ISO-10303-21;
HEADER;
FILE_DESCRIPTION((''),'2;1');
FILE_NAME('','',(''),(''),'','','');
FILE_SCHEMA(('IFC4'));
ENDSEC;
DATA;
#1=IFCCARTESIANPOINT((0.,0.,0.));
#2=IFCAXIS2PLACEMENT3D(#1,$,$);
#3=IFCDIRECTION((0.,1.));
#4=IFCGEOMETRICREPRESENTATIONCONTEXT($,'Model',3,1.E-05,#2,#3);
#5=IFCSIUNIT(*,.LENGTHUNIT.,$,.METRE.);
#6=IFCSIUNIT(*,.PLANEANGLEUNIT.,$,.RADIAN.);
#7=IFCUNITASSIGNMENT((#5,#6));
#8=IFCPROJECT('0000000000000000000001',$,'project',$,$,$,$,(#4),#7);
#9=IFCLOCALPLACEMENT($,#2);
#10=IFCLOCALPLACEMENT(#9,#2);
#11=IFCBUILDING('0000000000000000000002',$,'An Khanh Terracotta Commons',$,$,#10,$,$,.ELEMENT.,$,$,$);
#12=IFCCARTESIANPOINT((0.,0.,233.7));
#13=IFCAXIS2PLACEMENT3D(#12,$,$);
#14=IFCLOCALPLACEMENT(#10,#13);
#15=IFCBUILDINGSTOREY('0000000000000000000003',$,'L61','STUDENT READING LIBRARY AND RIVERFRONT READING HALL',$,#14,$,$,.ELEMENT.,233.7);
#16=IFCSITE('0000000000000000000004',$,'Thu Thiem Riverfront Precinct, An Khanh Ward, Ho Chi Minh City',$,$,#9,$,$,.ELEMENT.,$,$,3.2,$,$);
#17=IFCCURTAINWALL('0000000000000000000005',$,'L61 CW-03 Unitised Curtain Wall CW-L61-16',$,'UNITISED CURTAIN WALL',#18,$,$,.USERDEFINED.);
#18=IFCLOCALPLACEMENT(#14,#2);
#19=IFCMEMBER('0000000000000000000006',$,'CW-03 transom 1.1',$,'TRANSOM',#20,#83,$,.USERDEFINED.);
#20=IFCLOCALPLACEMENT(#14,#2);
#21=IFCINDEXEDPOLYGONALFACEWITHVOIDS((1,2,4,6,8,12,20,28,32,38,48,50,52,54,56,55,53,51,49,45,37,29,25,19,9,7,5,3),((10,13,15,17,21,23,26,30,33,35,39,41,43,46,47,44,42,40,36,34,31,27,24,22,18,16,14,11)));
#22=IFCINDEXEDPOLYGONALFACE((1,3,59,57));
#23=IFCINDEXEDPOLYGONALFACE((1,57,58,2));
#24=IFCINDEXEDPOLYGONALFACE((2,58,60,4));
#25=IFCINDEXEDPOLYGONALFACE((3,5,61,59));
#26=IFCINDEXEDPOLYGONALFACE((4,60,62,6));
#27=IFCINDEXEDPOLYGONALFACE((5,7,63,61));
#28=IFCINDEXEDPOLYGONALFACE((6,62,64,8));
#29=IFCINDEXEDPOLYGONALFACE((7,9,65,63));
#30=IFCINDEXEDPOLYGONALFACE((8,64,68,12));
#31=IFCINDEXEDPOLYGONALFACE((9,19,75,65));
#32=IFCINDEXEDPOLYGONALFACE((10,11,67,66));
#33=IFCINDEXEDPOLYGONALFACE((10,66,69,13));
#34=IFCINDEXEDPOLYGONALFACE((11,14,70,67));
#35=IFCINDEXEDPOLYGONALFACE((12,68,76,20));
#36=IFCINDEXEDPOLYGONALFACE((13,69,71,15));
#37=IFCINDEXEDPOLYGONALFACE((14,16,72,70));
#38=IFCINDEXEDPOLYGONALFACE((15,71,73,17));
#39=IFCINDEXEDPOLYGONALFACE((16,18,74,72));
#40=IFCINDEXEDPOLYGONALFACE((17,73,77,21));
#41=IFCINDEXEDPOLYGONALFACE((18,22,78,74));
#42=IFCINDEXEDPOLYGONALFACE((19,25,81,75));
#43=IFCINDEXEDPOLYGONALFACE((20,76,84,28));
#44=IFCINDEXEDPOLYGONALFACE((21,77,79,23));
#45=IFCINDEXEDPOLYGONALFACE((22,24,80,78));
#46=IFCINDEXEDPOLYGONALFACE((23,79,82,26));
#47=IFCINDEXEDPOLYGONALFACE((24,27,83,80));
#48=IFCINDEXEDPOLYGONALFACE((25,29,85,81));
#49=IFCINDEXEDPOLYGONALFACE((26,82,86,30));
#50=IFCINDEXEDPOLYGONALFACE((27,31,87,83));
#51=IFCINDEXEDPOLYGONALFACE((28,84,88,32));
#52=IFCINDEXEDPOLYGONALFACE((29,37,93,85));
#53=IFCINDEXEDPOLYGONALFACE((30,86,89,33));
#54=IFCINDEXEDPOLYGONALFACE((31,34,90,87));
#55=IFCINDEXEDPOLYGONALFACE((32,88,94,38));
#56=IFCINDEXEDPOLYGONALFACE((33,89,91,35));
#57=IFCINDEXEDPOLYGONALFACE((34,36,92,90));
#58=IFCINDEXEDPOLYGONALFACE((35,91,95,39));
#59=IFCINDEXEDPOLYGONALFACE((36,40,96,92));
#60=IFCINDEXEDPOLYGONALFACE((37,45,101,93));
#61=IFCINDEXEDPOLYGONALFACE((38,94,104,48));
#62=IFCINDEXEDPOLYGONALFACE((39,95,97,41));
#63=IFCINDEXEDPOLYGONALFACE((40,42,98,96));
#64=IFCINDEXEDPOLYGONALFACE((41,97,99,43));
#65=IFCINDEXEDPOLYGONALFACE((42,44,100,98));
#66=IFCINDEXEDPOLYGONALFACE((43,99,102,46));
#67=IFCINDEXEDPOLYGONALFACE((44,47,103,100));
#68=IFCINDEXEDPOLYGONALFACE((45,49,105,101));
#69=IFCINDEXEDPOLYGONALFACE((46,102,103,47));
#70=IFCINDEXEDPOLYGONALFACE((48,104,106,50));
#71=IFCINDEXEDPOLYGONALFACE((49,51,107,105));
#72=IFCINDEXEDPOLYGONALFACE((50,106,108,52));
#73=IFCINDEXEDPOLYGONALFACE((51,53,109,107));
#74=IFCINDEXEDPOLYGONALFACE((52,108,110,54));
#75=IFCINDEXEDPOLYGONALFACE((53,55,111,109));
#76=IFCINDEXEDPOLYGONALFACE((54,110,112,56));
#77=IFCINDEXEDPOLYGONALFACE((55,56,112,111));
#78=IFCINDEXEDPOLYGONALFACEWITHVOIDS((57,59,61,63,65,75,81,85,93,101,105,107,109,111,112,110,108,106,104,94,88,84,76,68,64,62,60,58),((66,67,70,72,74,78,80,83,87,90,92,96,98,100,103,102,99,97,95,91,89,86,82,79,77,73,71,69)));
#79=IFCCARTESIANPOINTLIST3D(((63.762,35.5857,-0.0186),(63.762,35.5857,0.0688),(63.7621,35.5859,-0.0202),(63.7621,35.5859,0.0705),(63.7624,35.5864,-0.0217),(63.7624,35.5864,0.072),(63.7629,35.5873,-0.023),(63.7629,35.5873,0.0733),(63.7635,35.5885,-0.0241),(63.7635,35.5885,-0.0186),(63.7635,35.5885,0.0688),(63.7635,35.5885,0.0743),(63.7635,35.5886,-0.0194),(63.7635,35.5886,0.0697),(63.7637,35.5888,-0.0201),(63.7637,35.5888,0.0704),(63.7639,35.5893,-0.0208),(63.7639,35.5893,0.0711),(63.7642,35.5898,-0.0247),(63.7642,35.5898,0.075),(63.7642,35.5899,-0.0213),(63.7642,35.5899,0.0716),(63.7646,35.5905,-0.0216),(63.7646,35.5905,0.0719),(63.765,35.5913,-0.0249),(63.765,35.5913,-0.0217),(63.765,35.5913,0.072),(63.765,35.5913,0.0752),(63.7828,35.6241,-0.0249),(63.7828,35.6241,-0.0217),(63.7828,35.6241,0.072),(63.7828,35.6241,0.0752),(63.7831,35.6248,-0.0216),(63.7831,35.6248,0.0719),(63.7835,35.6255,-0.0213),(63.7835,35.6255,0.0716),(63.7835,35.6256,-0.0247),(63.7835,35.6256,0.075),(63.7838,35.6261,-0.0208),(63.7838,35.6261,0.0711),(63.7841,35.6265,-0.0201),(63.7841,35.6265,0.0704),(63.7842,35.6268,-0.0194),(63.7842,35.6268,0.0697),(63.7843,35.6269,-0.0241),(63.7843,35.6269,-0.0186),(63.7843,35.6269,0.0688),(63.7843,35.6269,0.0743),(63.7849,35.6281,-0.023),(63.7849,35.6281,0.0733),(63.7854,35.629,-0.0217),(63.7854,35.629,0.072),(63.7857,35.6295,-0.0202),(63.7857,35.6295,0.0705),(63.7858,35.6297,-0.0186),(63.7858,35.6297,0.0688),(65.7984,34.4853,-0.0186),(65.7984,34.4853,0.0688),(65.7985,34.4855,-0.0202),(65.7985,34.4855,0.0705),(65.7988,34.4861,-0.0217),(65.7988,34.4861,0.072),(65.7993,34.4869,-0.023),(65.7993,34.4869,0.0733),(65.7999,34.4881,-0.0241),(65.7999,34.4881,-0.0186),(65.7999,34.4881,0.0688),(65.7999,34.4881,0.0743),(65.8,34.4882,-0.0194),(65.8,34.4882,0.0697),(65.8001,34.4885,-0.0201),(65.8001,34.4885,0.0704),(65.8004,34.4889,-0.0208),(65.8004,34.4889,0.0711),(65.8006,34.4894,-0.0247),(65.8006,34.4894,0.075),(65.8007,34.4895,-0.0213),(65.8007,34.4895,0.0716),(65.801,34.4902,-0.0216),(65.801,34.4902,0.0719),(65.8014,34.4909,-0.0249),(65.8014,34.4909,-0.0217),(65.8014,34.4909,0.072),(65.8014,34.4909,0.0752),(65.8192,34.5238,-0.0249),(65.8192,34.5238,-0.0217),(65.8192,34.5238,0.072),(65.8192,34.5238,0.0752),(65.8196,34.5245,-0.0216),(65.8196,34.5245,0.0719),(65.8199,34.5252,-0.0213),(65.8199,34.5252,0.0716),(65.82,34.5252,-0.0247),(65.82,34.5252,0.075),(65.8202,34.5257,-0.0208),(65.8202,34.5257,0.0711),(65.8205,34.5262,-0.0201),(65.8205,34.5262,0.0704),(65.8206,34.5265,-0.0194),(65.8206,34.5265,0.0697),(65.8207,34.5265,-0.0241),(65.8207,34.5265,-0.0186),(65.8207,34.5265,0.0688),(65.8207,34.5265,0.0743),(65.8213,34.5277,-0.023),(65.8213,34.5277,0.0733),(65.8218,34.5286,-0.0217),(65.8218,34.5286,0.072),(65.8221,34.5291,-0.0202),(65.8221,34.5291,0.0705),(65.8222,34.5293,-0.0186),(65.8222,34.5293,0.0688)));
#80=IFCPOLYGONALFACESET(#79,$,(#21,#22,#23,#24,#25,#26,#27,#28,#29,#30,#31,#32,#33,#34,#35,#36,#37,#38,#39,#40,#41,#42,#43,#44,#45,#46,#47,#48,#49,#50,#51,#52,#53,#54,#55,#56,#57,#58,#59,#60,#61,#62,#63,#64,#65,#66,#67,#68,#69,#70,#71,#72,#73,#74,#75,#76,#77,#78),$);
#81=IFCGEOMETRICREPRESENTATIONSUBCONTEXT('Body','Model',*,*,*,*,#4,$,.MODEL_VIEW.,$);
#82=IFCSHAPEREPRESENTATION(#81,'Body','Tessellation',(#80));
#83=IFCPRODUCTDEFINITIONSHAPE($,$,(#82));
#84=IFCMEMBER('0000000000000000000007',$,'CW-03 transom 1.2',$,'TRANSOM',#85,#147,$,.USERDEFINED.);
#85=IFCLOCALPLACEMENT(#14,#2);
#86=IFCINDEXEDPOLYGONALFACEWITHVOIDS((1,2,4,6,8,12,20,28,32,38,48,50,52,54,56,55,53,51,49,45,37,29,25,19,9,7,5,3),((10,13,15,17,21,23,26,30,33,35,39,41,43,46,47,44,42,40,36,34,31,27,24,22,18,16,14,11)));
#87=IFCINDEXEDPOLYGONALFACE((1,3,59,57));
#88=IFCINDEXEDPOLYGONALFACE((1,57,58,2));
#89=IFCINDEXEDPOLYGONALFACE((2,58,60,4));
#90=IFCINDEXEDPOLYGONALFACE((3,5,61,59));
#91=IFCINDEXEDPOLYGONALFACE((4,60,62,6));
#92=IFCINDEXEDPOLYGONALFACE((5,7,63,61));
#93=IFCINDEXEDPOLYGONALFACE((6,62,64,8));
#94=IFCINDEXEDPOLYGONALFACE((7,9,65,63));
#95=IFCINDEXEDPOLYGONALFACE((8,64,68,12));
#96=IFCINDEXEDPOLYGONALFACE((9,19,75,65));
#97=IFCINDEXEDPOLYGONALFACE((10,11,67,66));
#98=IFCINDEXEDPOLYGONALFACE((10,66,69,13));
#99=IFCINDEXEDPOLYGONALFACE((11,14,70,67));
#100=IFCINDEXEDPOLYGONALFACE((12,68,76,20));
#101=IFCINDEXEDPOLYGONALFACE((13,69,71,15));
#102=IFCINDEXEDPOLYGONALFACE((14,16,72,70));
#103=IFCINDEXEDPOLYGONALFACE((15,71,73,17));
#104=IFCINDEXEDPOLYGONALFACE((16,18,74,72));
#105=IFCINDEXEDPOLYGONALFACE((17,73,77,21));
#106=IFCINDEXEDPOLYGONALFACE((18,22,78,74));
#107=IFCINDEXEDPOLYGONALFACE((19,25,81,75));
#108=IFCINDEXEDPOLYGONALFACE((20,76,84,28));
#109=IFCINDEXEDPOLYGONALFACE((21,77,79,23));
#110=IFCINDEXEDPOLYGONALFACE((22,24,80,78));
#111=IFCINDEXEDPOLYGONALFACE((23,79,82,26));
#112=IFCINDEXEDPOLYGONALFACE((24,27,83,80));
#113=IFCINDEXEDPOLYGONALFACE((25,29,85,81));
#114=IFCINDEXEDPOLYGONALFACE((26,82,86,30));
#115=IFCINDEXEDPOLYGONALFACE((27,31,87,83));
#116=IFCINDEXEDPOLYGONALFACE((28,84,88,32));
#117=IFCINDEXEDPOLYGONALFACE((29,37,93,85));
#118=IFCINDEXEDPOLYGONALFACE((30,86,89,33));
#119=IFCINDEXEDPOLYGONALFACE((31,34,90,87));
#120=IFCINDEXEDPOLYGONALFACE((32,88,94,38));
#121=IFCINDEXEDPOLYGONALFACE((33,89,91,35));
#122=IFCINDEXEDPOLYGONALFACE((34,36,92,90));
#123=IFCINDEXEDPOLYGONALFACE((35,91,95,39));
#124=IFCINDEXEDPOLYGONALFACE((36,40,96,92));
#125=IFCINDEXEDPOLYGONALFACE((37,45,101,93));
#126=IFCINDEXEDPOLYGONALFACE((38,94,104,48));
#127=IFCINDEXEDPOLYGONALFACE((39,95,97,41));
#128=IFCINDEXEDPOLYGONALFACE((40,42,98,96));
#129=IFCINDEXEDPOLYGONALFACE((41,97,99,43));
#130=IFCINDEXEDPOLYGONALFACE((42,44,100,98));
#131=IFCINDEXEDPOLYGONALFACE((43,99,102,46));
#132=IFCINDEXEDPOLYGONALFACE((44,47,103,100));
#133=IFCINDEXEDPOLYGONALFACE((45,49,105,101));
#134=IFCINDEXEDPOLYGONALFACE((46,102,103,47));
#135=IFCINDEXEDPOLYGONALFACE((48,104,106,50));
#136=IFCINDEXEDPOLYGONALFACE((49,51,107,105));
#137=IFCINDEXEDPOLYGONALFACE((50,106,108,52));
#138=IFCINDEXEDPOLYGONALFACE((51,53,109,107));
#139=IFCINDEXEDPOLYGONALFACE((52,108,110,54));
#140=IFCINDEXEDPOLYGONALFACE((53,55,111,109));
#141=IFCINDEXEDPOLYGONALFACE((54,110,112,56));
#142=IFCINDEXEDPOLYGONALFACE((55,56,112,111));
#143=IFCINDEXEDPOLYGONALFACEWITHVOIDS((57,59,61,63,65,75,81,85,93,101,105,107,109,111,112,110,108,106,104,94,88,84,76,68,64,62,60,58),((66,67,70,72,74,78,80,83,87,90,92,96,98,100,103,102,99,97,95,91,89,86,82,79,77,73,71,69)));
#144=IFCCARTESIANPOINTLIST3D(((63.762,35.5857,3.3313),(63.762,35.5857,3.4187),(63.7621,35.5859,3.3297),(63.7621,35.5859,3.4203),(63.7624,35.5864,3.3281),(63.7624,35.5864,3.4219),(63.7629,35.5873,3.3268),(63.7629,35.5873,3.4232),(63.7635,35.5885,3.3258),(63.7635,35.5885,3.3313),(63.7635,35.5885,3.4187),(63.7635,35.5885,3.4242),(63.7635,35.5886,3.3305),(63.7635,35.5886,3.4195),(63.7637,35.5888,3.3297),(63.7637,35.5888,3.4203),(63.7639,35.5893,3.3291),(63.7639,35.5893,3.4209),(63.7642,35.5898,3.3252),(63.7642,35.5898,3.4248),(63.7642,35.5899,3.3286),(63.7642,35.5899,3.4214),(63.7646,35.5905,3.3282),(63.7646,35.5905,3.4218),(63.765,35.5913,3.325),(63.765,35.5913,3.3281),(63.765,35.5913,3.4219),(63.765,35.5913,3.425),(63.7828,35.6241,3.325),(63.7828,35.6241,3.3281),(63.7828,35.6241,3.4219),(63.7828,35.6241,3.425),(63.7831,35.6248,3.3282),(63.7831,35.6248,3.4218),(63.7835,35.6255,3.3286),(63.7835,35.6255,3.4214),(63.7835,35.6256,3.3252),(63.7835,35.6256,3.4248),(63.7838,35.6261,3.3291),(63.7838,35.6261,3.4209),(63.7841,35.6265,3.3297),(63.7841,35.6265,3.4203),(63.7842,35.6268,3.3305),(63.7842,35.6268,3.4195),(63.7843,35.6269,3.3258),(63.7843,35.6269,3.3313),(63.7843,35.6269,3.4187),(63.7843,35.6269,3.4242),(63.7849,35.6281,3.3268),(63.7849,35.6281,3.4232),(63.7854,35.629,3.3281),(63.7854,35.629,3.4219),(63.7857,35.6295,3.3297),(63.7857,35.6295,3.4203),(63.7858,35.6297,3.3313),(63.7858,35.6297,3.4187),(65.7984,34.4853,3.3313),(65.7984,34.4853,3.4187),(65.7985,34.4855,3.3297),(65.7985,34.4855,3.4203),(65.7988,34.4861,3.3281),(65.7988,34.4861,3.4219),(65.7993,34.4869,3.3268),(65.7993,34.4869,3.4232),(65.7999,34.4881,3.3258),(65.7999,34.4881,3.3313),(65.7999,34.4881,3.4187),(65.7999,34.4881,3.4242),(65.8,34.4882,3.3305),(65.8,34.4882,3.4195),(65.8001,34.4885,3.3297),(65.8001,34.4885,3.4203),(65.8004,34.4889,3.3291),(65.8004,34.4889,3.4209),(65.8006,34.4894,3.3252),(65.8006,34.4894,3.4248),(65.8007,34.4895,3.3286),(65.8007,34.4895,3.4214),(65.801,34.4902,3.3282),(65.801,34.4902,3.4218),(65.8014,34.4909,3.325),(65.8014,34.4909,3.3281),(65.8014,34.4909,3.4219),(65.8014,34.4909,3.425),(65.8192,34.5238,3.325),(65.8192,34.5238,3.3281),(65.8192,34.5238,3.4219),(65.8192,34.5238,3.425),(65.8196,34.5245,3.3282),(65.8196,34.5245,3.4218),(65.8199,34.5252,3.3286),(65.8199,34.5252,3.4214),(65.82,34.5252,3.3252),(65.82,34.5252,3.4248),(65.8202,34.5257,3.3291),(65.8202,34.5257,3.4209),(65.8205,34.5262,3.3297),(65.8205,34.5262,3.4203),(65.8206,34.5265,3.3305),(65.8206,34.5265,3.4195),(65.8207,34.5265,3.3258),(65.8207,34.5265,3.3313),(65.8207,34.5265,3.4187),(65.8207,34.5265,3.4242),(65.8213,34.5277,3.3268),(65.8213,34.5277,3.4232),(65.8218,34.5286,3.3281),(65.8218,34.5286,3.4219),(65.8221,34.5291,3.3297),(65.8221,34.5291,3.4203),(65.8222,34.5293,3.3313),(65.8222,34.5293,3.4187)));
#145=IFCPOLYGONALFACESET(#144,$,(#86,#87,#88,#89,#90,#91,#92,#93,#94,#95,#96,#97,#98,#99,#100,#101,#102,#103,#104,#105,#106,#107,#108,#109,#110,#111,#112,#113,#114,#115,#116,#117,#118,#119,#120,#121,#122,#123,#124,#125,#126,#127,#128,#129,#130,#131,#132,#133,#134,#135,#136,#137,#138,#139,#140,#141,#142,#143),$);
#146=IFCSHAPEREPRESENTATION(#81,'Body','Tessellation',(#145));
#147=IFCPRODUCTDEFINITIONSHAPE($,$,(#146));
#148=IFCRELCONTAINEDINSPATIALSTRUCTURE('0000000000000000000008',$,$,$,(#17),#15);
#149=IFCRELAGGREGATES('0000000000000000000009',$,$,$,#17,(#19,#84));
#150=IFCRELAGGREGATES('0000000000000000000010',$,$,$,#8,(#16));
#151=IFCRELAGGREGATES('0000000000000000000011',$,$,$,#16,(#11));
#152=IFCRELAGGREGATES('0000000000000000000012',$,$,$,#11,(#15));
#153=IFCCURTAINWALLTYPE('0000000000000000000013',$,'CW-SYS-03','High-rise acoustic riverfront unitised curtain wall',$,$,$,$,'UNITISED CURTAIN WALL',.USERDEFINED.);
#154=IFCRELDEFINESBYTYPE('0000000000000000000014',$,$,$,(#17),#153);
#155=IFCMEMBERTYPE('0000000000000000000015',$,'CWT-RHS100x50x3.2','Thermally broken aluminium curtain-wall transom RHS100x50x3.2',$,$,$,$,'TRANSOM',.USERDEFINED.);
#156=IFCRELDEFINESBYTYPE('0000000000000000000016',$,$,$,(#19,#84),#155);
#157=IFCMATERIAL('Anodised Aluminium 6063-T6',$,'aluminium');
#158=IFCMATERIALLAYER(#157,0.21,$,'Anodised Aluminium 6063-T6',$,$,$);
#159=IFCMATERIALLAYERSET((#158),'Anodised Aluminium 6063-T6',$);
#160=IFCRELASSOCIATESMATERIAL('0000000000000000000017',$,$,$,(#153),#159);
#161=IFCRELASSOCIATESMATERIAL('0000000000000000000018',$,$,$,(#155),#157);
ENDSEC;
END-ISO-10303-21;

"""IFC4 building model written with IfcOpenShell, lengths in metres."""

from ifc_helpers import new_model, si_unit, direction, frame, origin, origin_2d, place, context, subcontext, project, spatial, hollow_rectangle, extrude, material, layer, layer_set, material_profile, profile_set, type_object, element, aggregate, save


model = new_model("IFC4")

# Units and contexts
model_context = context("Model", 3, precision=1e-05, world=origin(), true_north=direction((0.0, 1.0)))
body_context = subcontext(model_context, "Body", "Model", "MODEL_VIEW")
ifc_project = project(units=[si_unit("LENGTHUNIT", "METRE"), si_unit("PLANEANGLEUNIT", "RADIAN")], contexts=[model_context])

# Site, building, storey
site_placement = place(None, origin())
site = spatial("IfcSite", under=ifc_project, at=site_placement, Name="Thu Thiem Riverfront Precinct, An Khanh Ward, Ho Chi Minh City", CompositionType="ELEMENT", RefElevation=3.2)
building_placement = place(site_placement, origin())
building = spatial("IfcBuilding", under=site, at=building_placement, Name="An Khanh Terracotta Commons", CompositionType="ELEMENT")
storey_placement = place(building_placement, frame((0.0, 0.0, 233.7)))
storey = spatial("IfcBuildingStorey", under=building, at=storey_placement, Name="L61", Description="STUDENT READING LIBRARY AND RIVERFRONT READING HALL", CompositionType="ELEMENT", Elevation=233.7)

# Curtain wall
ifc_material_1 = material(Name="Anodised Aluminium 6063-T6", Category="aluminium")
ifc_layer_1 = layer(ifc_material_1, 0.21, Name="Anodised Aluminium 6063-T6")
ifc_layer_set_1 = layer_set([ifc_layer_1], Name="Anodised Aluminium 6063-T6")
curtain_wall_type = type_object("IfcCurtainWallType", Name="CW-SYS-03", Description="High-rise acoustic riverfront unitised curtain wall", ElementType="UNITISED CURTAIN WALL", PredefinedType="USERDEFINED", material=ifc_layer_set_1)
curtain_wall_1_placement = place(storey_placement, origin())
curtain_wall_1 = element("IfcCurtainWall", 1, at=curtain_wall_1_placement, inside=storey, type_object=curtain_wall_type, Name="L61 CW-03 Unitised Curtain Wall CW-L61-16", ObjectType="UNITISED CURTAIN WALL", PredefinedType="USERDEFINED")

# Members
ifc_material_profile_1 = material_profile(ifc_material_1, hollow_rectangle(XDim=0.05, YDim=0.1001, WallThickness=0.0032, InnerFilletRadius=0.0032, OuterFilletRadius=0.0063, at=origin_2d()), Name="RHS100x50x3.2")
ifc_profile_set_1 = profile_set([ifc_material_profile_1], Name="Anodised Aluminium 6063-T6")
member_type_1 = type_object("IfcMemberType", Name="CWT-RHS100x50x3.2", Description="Thermally broken aluminium curtain-wall transom RHS100x50x3.2", ElementType="TRANSOM", PredefinedType="USERDEFINED", material=ifc_profile_set_1)
member_1_placement = place(storey_placement, frame((65.8103, 34.5073, 0.0251), z_axis=(-0.879779, 0.475382, 0.0), x_axis=(-0.475382, -0.879779, 0.0)))
member_1 = element("IfcMember", 2, at=member_1_placement, type_object=member_type_1, Name="CW-03 transom 1.1", ObjectType="TRANSOM", PredefinedType="USERDEFINED", context=body_context, shape_type="SweptSolid", body=[
    extrude(hollow_rectangle(XDim=0.05, YDim=0.1001, WallThickness=0.0032, InnerFilletRadius=0.0032, OuterFilletRadius=0.0063, at=origin_2d()), origin(), (0.0, 0.0, 1.0), 2.3147),
])
member_2_placement = place(storey_placement, frame((65.8103, 34.5073, 3.375), z_axis=(-0.879779, 0.475382, 0.0), x_axis=(-0.475382, -0.879779, 0.0)))
member_2 = element("IfcMember", 3, at=member_2_placement, type_object=member_type_1, Name="CW-03 transom 1.2", ObjectType="TRANSOM", PredefinedType="USERDEFINED", context=body_context, shape_type="SweptSolid", body=[
    extrude(hollow_rectangle(XDim=0.05, YDim=0.1001, WallThickness=0.0032, InnerFilletRadius=0.0032, OuterFilletRadius=0.0063, at=origin_2d()), origin(), (0.0, 0.0, 1.0), 2.3147),
])

aggregate(curtain_wall_1, [member_1, member_2])

save(model, "model.ifc")
